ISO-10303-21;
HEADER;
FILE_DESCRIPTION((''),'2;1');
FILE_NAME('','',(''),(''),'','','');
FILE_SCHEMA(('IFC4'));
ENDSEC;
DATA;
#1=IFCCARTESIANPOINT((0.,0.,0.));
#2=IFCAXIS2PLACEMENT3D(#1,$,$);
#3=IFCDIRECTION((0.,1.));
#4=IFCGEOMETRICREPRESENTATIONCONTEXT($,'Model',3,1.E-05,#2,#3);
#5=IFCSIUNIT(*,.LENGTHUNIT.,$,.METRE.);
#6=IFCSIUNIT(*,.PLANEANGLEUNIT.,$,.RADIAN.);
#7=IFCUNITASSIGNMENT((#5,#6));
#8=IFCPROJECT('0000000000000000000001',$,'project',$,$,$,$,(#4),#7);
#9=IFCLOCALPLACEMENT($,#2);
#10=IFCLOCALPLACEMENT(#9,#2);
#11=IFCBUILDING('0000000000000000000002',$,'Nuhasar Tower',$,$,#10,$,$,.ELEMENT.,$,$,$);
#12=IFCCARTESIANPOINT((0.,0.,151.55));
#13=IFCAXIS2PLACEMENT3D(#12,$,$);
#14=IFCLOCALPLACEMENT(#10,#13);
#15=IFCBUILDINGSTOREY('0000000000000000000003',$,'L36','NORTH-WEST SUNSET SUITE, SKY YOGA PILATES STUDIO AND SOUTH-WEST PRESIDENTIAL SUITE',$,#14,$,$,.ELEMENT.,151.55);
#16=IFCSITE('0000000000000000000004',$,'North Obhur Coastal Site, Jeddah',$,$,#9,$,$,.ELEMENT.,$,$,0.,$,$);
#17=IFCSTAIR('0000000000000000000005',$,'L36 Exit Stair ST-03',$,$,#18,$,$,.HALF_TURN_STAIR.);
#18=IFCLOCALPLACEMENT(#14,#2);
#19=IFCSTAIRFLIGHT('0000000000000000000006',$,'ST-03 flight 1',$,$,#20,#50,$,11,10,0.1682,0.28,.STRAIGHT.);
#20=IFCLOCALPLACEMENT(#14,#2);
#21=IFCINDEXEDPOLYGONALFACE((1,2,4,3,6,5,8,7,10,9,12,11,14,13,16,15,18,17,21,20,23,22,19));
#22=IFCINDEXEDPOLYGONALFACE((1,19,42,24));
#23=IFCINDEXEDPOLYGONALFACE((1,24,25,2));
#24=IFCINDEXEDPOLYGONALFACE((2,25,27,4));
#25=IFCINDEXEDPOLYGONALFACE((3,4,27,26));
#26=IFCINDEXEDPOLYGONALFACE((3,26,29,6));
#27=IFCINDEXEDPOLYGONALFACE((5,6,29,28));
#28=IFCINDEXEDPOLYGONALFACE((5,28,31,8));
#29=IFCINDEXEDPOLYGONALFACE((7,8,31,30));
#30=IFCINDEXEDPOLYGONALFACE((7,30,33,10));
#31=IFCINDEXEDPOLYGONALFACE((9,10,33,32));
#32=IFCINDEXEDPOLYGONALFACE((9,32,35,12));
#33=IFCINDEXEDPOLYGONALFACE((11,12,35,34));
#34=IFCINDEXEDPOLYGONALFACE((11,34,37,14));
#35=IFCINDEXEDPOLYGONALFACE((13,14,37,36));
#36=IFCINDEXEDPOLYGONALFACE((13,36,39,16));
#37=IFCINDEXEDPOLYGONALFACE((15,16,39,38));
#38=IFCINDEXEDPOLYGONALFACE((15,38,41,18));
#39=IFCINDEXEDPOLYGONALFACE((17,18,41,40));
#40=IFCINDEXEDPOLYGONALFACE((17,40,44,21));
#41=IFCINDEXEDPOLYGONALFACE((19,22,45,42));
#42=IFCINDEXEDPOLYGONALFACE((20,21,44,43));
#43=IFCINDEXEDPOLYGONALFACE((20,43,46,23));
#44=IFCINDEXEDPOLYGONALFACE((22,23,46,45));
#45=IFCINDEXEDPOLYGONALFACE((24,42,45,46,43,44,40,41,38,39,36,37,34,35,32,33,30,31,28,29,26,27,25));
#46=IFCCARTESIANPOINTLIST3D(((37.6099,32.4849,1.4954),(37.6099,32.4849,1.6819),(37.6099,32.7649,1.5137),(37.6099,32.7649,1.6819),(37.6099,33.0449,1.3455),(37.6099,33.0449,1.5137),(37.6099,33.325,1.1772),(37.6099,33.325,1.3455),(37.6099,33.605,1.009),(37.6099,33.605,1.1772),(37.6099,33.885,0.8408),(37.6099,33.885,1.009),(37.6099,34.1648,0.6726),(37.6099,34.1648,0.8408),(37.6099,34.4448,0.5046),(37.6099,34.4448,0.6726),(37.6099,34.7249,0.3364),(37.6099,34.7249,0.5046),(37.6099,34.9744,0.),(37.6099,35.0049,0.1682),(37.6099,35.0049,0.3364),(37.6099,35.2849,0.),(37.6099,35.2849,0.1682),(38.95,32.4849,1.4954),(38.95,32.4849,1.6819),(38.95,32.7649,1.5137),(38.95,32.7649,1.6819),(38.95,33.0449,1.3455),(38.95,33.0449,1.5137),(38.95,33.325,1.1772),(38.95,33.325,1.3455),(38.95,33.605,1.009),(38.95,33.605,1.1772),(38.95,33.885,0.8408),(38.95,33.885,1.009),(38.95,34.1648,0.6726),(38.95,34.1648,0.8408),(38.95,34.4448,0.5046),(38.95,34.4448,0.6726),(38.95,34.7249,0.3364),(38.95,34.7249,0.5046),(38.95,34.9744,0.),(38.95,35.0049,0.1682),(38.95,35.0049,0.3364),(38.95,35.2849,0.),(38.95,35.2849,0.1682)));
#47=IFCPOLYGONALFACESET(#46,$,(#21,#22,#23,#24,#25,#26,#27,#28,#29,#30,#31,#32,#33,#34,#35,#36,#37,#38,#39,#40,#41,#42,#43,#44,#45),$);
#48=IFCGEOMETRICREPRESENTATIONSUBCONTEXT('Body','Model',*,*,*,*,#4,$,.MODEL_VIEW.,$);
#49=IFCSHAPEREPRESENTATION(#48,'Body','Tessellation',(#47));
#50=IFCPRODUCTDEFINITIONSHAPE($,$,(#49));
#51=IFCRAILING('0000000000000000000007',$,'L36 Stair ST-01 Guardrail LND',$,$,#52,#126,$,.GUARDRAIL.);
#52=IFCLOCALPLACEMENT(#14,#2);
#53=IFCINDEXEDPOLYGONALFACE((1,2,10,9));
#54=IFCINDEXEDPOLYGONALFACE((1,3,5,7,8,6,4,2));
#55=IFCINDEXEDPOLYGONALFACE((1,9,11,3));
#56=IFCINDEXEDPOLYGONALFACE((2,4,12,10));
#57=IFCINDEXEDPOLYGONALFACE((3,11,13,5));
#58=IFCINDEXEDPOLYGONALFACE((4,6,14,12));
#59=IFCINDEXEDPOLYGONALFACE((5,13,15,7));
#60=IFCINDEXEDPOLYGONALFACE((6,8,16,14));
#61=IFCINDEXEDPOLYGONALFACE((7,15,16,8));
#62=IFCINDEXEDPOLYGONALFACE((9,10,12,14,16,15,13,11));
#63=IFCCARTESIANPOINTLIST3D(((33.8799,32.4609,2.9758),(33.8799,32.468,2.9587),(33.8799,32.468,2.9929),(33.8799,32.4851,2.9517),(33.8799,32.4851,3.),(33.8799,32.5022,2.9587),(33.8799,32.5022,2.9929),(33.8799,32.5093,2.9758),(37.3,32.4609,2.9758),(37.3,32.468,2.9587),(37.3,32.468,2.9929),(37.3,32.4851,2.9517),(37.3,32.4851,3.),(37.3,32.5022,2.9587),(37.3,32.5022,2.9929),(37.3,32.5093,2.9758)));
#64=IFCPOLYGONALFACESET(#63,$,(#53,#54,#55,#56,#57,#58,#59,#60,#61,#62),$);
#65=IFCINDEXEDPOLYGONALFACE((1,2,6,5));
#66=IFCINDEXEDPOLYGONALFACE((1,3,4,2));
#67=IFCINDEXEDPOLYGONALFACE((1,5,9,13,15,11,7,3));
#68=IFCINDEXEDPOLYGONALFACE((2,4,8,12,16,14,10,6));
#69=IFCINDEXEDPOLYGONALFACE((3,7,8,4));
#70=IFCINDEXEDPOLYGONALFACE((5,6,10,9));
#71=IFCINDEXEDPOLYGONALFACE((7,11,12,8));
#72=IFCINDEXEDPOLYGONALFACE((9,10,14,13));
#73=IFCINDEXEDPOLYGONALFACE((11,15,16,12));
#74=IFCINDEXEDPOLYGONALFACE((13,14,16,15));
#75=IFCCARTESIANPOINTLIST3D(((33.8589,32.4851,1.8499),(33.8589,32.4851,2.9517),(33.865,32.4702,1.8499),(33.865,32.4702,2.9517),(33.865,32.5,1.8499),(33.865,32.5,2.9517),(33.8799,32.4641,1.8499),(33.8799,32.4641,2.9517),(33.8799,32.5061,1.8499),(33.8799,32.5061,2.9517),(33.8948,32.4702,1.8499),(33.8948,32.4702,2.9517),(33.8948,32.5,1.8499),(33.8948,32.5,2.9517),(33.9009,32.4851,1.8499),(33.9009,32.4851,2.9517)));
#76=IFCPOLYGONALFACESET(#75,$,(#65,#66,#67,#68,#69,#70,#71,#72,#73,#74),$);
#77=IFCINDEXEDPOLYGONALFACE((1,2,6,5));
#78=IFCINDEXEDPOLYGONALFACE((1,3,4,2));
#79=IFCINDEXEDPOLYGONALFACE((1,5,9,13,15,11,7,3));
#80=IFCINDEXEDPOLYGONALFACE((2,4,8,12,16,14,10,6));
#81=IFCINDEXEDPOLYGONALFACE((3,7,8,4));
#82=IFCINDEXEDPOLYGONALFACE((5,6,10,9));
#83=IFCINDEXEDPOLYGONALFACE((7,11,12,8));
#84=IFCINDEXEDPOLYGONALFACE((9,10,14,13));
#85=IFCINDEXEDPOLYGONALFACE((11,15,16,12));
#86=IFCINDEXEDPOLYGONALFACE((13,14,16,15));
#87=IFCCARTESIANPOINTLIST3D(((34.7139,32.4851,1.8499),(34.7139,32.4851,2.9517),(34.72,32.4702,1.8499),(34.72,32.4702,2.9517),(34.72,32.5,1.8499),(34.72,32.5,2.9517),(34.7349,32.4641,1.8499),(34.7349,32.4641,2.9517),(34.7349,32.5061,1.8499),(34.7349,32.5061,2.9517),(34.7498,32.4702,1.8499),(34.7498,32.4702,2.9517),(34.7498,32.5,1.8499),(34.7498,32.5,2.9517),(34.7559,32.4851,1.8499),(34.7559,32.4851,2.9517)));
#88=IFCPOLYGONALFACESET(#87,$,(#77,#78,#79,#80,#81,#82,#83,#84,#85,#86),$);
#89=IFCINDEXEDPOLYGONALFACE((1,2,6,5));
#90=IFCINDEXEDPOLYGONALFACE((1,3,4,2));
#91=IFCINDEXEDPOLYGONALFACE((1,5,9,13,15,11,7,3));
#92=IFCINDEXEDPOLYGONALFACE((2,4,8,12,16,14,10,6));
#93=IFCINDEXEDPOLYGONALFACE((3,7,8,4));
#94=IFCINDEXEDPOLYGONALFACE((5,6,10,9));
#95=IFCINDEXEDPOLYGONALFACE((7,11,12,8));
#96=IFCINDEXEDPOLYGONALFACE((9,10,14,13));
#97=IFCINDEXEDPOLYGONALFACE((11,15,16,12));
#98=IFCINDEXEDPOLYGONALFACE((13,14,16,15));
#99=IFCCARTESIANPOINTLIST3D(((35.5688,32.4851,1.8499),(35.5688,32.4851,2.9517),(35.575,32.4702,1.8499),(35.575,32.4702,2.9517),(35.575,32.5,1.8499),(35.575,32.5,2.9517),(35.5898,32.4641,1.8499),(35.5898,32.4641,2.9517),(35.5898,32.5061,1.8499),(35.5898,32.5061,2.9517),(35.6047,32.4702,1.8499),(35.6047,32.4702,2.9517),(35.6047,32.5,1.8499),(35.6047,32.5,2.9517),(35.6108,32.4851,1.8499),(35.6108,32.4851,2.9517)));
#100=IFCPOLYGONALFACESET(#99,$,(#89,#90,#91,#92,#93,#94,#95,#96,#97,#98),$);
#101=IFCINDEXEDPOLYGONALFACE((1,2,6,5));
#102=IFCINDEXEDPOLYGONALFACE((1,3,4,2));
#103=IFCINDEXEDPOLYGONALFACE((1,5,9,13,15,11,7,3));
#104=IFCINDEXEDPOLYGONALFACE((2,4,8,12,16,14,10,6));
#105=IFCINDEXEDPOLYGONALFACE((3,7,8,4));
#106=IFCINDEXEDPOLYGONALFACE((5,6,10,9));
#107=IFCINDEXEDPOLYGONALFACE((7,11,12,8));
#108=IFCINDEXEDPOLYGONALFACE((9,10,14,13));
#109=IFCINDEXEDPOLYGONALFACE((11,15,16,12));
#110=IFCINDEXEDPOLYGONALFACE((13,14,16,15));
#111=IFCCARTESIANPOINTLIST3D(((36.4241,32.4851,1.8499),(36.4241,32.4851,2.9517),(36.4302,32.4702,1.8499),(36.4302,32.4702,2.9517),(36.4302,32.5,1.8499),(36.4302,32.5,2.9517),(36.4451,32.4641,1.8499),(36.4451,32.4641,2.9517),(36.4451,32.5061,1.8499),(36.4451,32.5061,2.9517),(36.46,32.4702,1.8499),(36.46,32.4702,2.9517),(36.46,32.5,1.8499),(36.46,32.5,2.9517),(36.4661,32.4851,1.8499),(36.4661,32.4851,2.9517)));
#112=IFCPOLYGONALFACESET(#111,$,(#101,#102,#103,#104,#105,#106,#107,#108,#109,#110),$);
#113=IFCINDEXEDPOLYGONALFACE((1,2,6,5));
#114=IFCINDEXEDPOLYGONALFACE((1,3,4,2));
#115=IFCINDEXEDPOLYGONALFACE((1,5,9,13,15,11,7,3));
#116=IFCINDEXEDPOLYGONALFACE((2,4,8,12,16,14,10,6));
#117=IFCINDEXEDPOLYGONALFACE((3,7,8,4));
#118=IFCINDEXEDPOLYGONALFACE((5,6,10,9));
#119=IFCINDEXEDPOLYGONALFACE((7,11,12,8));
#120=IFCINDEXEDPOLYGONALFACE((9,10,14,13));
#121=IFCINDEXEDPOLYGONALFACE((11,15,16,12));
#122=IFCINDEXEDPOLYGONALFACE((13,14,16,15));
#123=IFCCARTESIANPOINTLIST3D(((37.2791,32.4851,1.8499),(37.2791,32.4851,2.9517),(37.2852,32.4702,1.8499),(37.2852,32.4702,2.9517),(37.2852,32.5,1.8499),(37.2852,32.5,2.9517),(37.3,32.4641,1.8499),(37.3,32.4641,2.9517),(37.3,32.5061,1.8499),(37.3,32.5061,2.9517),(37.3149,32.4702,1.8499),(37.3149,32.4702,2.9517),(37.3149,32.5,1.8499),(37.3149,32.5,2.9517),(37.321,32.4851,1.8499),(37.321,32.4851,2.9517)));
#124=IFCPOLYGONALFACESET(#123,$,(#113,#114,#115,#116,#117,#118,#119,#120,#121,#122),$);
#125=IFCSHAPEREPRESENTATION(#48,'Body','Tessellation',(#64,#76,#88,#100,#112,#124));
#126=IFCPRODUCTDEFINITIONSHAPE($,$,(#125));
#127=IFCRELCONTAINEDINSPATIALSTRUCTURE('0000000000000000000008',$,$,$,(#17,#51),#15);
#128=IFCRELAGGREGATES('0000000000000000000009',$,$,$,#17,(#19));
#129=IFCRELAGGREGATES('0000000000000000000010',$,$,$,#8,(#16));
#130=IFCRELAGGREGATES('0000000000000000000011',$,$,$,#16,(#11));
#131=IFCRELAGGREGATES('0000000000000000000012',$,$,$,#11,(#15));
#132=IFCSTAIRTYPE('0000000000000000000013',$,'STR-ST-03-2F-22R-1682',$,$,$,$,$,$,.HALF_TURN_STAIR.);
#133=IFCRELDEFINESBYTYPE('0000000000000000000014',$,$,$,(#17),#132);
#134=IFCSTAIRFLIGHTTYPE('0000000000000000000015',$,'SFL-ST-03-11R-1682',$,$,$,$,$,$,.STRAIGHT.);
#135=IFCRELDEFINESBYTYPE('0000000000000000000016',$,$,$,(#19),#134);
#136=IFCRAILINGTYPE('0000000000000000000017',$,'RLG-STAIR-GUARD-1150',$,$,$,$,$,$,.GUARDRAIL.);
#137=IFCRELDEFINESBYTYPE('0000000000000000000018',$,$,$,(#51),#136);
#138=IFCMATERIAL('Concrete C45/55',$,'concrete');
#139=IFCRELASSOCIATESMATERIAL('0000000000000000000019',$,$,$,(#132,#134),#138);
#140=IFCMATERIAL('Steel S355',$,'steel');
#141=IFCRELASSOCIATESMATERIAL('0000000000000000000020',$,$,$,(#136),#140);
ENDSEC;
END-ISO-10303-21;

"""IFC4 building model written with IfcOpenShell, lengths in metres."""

from ifc_helpers import new_model, si_unit, direction, frame, origin, place, context, subcontext, project, spatial, polyline, outline, extrude, material, type_object, element, aggregate, save


model = new_model("IFC4")

# Units and contexts
model_context = context("Model", 3, precision=1e-05, world=origin(), true_north=direction((0.0, 1.0)))
body_context = subcontext(model_context, "Body", "Model", "MODEL_VIEW")
ifc_project = project(units=[si_unit("LENGTHUNIT", "METRE"), si_unit("PLANEANGLEUNIT", "RADIAN")], contexts=[model_context])

# Site, building, storey
site_placement = place(None, origin())
site = spatial("IfcSite", under=ifc_project, at=site_placement, Name="North Obhur Coastal Site, Jeddah", CompositionType="ELEMENT", RefElevation=0.0)
building_placement = place(site_placement, origin())
building = spatial("IfcBuilding", under=site, at=building_placement, Name="Nuhasar Tower", CompositionType="ELEMENT")
storey_placement = place(building_placement, frame((0.0, 0.0, 151.55)))
storey = spatial("IfcBuildingStorey", under=building, at=storey_placement, Name="L36", Description="NORTH-WEST SUNSET SUITE, SKY YOGA PILATES STUDIO AND SOUTH-WEST PRESIDENTIAL SUITE", CompositionType="ELEMENT", Elevation=151.55)

# Shared definitions
ifc_material_1 = material(Name="Steel S355", Category="steel")

# Shared definitions
ifc_material_2 = material(Name="Concrete C45/55", Category="concrete")

# Stair, stair flight
stair_type_1 = type_object("IfcStairType", Name="STR-ST-03-2F-22R-1682", PredefinedType="HALF_TURN_STAIR", material=ifc_material_2)
stair_1_placement = place(storey_placement, origin())
stair_1 = element("IfcStair", 1, at=stair_1_placement, inside=storey, type_object=stair_type_1, Name="L36 Exit Stair ST-03", PredefinedType="HALF_TURN_STAIR")
stair_flight_type_1 = type_object("IfcStairFlightType", Name="SFL-ST-03-11R-1682", PredefinedType="STRAIGHT", material=ifc_material_2)
stair_flight_1_placement = place(storey_placement, frame((38.28, 35.2849, 0.0), z_axis=(0.0, 0.0, 1.0), x_axis=(0.0, -1.0, 0.0)))
stair_flight_1 = element("IfcStairFlight", 2, at=stair_flight_1_placement, type_object=stair_flight_type_1, Name="ST-03 flight 1", NumberOfRisers=11, NumberOfTreads=10, PredefinedType="STRAIGHT", RiserHeight=0.1682, TreadLength=0.28, context=body_context, shape_type="SweptSolid", body=[
    extrude(outline(polyline([(0.0, 0.0), (0.0, 0.1682), (0.28, 0.1682), (0.28, 0.3364), (0.5601, 0.3364), (0.5601, 0.5046), (0.8401, 0.5046), (0.8401, 0.6726), (1.1201, 0.6726), (1.1201, 0.8408), (1.3999, 0.8408), (1.3999, 1.009), (1.6799, 1.009), (1.6799, 1.1772), (1.96, 1.1772), (1.96, 1.3455), (2.24, 1.3455), (2.24, 1.5137), (2.52, 1.5137), (2.52, 1.6819), (2.8, 1.6819), (2.8, 1.8501), (2.8, 1.4954), (0.3105, 0.0), (0.0, 0.0)])), frame((0.0, 0.6699, 0.0), z_axis=(0.0, -1.0, 0.0), x_axis=(1.0, 0.0, 0.0)), (0.0, 0.0, 1.0), 1.3401),
])
aggregate(stair_1, [stair_flight_1])

# Railing
railing_type_1 = type_object("IfcRailingType", Name="RLG-STAIR-GUARD-1150", PredefinedType="GUARDRAIL", material=ifc_material_1)
railing_1_placement = place(storey_placement, frame((33.8799, 32.4851, 1.8499)))
element("IfcRailing", 3, at=railing_1_placement, inside=storey, type_object=railing_type_1, Name="L36 Stair ST-01 Guardrail LND", PredefinedType="GUARDRAIL", context=body_context, shape_type="SweptSolid", body=[
    extrude(outline(polyline([(0.0242, 0.0), (0.0171, 0.0171), (0.0, 0.0242), (-0.0171, 0.0171), (-0.0242, 0.0), (-0.0171, -0.0171), (0.0, -0.0242), (0.0171, -0.0171), (0.0242, 0.0)])), frame((0.0, 0.0, 1.126), z_axis=(1.0, 0.0, 0.0), x_axis=(0.0, 1.0, 0.0)), (0.0, 0.0, 1.0), 3.4202),
    extrude(outline(polyline([(0.021, 0.0), (0.0149, 0.0149), (0.0, 0.021), (-0.0149, 0.0149), (-0.021, 0.0), (-0.0149, -0.0149), (0.0, -0.021), (0.0149, -0.0149), (0.021, 0.0)])), origin(), (0.0, 0.0, 1.0), 1.1018),
    extrude(outline(polyline([(0.021, 0.0), (0.0149, 0.0149), (0.0, 0.021), (-0.0149, 0.0149), (-0.021, 0.0), (-0.0149, -0.0149), (0.0, -0.021), (0.0149, -0.0149), (0.021, 0.0)])), frame((0.855, 0.0, 0.0)), (0.0, 0.0, 1.0), 1.1018),
    extrude(outline(polyline([(0.021, 0.0), (0.0149, 0.0149), (0.0, 0.021), (-0.0149, 0.0149), (-0.021, 0.0), (-0.0149, -0.0149), (0.0, -0.021), (0.0149, -0.0149), (0.021, 0.0)])), frame((1.71, 0.0, 0.0)), (0.0, 0.0, 1.0), 1.1018),
    extrude(outline(polyline([(0.021, 0.0), (0.0149, 0.0149), (0.0, 0.021), (-0.0149, 0.0149), (-0.021, 0.0), (-0.0149, -0.0149), (0.0, -0.021), (0.0149, -0.0149), (0.021, 0.0)])), frame((2.5652, 0.0, 0.0)), (0.0, 0.0, 1.0), 1.1018),
    extrude(outline(polyline([(0.021, 0.0), (0.0149, 0.0149), (0.0, 0.021), (-0.0149, 0.0149), (-0.021, 0.0), (-0.0149, -0.0149), (0.0, -0.021), (0.0149, -0.0149), (0.021, 0.0)])), frame((3.4202, 0.0, 0.0)), (0.0, 0.0, 1.0), 1.1018),
])

save(model, "model.ifc")
